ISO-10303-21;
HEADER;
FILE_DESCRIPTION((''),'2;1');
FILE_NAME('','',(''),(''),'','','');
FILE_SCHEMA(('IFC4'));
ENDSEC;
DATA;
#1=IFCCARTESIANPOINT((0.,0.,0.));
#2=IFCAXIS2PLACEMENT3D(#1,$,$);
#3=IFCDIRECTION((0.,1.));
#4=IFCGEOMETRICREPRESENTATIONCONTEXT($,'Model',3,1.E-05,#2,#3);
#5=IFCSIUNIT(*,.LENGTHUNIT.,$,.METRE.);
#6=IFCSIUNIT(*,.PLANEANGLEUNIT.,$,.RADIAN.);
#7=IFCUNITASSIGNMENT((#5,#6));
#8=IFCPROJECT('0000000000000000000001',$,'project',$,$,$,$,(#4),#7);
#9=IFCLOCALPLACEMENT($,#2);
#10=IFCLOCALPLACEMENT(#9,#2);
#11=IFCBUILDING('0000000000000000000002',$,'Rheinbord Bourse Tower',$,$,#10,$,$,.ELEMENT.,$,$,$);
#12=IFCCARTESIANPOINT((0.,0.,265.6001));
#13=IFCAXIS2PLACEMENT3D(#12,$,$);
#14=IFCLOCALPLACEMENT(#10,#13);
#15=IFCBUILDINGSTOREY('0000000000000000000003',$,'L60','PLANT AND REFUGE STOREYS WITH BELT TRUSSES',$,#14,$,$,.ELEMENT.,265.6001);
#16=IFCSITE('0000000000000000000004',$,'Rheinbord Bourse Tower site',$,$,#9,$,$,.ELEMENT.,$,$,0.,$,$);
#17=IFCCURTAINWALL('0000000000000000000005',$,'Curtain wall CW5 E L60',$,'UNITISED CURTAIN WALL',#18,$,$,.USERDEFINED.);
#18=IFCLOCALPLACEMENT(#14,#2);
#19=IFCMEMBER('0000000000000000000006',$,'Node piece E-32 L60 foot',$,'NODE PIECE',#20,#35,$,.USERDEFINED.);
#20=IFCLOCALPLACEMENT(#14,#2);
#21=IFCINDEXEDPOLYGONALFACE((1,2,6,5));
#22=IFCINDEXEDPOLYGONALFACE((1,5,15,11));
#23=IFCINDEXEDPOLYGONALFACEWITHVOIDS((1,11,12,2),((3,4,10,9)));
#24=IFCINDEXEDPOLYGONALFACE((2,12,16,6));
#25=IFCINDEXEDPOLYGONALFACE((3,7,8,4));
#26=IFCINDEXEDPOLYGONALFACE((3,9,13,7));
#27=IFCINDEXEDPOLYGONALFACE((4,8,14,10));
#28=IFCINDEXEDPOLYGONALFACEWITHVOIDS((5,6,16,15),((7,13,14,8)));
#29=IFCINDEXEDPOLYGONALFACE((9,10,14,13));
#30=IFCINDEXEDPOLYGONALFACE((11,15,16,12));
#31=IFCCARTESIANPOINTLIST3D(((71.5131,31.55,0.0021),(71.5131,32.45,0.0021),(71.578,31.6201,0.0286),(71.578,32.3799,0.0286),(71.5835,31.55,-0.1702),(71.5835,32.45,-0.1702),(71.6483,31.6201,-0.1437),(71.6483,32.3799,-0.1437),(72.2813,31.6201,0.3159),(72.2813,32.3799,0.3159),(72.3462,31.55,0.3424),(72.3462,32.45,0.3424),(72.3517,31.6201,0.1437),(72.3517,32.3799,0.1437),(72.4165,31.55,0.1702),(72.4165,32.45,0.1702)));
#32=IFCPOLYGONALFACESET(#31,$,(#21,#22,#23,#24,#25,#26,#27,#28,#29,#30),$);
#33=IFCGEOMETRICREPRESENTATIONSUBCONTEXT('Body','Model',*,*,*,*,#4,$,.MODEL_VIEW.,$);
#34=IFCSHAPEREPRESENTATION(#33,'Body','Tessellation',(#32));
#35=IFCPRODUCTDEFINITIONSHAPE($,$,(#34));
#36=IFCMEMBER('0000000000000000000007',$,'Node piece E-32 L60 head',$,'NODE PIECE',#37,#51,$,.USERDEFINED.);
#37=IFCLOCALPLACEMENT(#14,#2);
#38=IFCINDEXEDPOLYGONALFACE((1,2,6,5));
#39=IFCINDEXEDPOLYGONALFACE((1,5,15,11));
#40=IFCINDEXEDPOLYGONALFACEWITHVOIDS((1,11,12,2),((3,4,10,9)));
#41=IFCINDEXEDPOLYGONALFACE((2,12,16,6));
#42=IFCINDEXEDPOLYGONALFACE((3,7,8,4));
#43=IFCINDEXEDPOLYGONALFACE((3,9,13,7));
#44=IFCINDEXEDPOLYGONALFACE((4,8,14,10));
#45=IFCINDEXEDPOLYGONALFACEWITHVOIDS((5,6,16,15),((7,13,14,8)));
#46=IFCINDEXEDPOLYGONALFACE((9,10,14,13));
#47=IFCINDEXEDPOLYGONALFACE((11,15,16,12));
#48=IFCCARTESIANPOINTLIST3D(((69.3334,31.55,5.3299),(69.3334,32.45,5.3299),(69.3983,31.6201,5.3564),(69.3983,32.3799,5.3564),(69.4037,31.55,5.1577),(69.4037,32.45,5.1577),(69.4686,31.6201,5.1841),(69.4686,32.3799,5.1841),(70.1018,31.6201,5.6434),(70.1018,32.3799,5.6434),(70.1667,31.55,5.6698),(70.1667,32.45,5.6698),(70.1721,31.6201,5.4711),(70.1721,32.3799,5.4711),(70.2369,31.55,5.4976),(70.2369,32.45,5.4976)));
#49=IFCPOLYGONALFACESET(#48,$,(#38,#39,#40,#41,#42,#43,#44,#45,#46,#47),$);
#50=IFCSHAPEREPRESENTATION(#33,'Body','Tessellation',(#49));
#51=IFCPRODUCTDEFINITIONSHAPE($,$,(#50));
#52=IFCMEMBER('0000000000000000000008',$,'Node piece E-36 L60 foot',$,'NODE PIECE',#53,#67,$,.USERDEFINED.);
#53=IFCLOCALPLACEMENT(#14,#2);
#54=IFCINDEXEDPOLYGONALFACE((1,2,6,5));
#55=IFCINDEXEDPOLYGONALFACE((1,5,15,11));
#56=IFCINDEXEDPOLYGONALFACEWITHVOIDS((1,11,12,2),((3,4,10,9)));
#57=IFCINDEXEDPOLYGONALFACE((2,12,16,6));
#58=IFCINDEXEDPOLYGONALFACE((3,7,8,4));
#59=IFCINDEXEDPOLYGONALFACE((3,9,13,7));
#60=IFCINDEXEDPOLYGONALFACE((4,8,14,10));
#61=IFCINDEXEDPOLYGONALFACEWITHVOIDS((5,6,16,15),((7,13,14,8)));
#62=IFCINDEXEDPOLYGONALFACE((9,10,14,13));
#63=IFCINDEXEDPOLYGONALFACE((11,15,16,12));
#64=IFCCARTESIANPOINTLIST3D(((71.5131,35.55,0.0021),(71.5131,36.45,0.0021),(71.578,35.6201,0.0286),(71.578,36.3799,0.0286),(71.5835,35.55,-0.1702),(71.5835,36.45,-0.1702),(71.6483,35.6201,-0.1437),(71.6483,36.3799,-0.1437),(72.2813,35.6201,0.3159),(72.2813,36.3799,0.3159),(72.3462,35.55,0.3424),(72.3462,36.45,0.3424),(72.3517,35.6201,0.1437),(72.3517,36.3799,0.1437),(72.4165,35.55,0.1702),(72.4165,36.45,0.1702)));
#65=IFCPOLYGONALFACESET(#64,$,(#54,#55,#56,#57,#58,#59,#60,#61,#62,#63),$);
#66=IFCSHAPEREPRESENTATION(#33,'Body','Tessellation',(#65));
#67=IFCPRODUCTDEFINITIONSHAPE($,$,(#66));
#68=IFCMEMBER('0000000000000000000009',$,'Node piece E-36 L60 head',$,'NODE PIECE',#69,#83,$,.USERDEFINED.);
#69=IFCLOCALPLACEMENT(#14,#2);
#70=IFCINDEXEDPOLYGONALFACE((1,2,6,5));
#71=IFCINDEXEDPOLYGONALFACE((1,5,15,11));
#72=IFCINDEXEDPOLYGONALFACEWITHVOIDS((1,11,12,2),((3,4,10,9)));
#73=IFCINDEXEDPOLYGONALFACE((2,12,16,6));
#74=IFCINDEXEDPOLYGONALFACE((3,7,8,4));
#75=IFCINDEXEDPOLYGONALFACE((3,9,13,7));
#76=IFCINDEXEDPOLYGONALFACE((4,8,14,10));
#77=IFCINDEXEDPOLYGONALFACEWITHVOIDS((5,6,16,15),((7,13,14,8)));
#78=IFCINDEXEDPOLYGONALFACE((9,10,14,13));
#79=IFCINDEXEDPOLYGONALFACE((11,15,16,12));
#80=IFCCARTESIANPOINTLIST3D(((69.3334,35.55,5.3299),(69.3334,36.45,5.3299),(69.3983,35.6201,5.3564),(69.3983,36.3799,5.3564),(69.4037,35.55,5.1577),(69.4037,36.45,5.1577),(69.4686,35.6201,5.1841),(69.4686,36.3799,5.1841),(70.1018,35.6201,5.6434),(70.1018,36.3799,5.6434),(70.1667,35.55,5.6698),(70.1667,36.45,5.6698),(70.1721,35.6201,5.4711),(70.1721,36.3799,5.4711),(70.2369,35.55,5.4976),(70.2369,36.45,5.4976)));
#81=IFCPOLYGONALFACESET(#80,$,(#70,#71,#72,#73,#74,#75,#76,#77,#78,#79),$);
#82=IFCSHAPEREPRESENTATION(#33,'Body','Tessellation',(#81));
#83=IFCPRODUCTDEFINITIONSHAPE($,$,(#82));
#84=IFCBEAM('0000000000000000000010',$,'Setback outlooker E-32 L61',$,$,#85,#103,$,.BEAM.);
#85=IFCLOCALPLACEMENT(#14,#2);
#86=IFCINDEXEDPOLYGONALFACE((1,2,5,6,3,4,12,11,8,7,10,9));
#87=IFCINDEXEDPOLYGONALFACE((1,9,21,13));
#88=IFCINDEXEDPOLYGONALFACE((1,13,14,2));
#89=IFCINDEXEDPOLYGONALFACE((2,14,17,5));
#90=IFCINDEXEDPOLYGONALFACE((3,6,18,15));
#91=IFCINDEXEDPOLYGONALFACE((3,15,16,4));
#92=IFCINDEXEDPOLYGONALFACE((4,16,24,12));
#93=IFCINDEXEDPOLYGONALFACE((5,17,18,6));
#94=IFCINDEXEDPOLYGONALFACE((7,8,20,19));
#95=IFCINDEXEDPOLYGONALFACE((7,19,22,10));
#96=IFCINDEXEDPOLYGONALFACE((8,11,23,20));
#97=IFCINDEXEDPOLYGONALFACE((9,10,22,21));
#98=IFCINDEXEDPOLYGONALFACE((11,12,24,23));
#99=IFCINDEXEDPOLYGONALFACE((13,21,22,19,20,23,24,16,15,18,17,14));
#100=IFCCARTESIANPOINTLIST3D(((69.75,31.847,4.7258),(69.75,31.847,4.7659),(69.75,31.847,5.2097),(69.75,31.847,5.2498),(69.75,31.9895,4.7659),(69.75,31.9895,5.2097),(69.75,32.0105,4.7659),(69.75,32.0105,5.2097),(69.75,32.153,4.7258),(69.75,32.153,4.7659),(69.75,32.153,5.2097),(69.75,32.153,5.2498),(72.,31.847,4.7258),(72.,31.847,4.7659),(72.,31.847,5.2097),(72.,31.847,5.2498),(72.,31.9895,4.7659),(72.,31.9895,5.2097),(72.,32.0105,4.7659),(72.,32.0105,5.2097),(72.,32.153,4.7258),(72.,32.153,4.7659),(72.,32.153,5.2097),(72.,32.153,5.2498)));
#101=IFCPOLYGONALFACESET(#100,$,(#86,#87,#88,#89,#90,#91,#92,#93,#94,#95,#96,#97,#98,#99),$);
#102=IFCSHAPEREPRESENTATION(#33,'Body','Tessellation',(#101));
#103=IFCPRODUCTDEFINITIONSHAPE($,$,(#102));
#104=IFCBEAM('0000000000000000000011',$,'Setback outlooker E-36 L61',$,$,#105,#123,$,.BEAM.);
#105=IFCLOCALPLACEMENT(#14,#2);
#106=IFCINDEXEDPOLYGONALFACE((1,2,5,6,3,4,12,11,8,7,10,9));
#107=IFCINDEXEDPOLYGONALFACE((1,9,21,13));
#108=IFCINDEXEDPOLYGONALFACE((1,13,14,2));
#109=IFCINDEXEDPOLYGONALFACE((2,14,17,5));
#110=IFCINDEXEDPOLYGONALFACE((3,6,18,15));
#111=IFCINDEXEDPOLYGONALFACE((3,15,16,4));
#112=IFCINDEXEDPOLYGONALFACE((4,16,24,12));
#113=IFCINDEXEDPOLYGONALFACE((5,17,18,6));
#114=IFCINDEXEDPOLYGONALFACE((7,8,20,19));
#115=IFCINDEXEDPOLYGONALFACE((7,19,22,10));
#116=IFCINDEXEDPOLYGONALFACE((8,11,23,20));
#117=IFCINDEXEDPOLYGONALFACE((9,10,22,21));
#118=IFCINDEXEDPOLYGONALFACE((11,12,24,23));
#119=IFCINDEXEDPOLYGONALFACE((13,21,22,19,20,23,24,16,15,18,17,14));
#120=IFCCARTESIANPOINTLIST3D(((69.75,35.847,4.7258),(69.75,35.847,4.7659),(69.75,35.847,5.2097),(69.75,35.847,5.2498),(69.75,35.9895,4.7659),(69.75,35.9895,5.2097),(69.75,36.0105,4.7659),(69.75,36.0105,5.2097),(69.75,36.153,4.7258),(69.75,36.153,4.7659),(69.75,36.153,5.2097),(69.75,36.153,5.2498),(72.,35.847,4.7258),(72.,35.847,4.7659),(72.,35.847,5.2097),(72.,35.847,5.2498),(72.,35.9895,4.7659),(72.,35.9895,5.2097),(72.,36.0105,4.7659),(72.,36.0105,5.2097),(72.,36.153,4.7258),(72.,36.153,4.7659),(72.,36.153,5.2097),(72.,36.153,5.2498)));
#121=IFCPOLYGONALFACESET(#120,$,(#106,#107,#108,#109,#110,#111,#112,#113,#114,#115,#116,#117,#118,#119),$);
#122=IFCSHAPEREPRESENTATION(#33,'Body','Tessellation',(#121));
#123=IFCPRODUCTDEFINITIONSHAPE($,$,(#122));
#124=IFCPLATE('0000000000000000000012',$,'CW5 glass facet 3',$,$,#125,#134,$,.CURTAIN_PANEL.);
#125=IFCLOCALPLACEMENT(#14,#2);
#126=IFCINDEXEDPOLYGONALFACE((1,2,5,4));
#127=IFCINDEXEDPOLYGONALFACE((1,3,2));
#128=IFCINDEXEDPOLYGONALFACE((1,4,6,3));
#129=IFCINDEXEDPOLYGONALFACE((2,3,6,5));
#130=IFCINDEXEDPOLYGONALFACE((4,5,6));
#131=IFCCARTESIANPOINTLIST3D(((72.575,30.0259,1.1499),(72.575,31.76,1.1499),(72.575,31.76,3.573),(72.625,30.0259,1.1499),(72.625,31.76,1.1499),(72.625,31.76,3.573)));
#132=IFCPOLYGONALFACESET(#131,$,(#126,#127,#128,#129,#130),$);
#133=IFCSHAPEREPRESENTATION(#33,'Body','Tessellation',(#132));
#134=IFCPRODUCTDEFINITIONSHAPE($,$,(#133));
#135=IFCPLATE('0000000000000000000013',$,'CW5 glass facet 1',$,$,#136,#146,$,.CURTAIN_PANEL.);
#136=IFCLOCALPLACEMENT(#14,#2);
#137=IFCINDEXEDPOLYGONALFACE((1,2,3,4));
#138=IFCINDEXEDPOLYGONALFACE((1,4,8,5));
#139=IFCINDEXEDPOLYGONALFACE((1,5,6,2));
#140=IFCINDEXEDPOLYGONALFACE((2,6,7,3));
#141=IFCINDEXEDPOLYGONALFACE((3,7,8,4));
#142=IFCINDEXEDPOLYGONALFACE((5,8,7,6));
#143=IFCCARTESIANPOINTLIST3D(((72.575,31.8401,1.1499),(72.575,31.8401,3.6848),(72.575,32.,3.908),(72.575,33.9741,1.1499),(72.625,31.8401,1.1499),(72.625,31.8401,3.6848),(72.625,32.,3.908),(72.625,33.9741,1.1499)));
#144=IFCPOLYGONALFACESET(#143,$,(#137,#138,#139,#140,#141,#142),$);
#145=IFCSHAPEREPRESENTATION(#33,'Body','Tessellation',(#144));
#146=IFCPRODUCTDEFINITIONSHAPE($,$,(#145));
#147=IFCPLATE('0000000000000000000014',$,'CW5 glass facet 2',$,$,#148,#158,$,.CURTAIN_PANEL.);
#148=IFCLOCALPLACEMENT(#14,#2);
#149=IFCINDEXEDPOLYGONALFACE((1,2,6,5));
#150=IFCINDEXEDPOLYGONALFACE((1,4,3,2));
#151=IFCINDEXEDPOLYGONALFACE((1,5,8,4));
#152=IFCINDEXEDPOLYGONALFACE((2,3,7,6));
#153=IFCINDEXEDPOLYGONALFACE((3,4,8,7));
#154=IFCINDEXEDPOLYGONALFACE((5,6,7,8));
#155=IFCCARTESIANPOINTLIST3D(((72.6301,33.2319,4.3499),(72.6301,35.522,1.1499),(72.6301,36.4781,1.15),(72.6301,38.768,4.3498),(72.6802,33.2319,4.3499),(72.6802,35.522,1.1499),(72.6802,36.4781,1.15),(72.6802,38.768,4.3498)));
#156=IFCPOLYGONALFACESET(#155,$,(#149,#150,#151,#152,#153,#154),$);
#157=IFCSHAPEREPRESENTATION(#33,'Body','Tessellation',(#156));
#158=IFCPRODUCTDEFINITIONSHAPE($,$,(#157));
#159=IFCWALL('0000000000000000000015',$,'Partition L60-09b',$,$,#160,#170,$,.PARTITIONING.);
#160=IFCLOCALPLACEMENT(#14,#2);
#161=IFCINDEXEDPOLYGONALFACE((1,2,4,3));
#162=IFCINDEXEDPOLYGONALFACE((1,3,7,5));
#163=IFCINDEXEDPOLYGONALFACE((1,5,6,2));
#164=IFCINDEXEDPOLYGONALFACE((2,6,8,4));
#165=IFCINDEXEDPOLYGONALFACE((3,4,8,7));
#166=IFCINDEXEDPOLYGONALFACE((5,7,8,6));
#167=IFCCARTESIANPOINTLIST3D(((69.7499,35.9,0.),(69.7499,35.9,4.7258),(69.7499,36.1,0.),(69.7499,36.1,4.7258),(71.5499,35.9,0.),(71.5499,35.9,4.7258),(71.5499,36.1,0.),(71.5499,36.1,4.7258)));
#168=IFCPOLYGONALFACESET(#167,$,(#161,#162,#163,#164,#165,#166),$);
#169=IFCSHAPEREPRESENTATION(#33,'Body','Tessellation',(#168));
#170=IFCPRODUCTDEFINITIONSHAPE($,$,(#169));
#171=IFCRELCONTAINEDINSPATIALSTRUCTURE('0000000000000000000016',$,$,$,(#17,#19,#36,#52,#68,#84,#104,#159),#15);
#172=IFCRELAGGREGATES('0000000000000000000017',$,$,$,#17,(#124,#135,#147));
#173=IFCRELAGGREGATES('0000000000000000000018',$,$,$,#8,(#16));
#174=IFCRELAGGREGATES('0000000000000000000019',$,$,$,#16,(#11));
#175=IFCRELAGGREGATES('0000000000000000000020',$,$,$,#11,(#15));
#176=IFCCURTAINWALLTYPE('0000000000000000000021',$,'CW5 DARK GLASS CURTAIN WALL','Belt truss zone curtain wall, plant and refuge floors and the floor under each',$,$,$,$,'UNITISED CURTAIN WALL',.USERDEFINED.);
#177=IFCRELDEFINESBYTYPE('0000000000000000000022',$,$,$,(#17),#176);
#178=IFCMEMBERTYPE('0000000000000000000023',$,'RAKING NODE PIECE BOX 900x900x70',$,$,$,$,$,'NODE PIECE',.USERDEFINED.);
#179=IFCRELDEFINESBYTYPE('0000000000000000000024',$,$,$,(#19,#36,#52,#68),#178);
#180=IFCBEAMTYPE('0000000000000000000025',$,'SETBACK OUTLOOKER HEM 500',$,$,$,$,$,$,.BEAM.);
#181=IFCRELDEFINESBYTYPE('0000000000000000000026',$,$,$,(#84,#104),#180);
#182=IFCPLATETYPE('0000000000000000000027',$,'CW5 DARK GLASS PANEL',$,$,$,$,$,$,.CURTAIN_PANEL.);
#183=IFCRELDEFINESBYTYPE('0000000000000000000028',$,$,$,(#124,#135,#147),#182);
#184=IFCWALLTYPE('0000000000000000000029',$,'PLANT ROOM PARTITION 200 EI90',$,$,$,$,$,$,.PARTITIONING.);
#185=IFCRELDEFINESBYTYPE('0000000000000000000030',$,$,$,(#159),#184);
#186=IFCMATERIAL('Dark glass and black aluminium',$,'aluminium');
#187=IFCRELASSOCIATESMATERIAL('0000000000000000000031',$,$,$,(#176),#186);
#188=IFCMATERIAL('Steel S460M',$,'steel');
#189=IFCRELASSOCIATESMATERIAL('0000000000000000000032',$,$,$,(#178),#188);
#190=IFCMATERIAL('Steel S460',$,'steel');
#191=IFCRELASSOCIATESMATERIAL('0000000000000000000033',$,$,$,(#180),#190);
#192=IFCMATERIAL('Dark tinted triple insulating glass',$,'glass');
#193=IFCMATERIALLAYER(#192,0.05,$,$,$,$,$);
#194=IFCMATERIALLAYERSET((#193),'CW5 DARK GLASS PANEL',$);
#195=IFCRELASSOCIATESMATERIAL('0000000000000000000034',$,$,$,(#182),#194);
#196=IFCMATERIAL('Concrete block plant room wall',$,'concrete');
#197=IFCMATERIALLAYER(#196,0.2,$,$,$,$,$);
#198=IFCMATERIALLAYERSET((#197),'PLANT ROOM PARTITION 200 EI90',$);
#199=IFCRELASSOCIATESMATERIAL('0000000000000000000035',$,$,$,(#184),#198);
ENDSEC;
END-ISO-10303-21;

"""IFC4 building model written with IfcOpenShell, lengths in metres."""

from ifc_helpers import new_model, si_unit, direction, frame, frame_2d, origin, origin_2d, place, context, subcontext, project, spatial, polyline, rectangle, hollow_rectangle, i_section, outline, extrude, material, layer, layer_set, material_profile, profile_set, type_object, element, aggregate, save


model = new_model("IFC4")

# Units and contexts
model_context = context("Model", 3, precision=1e-05, world=origin(), true_north=direction((0.0, 1.0)))
body_context = subcontext(model_context, "Body", "Model", "MODEL_VIEW")
ifc_project = project(units=[si_unit("LENGTHUNIT", "METRE"), si_unit("PLANEANGLEUNIT", "RADIAN")], contexts=[model_context])

# Site, building, storey
site_placement = place(None, origin())
site = spatial("IfcSite", under=ifc_project, at=site_placement, Name="Rheinbord Bourse Tower site", CompositionType="ELEMENT", RefElevation=0.0)
building_placement = place(site_placement, origin())
building = spatial("IfcBuilding", under=site, at=building_placement, Name="Rheinbord Bourse Tower", CompositionType="ELEMENT")
storey_placement = place(building_placement, frame((0.0, 0.0, 265.6001)))
storey = spatial("IfcBuildingStorey", under=building, at=storey_placement, Name="L60", Description="PLANT AND REFUGE STOREYS WITH BELT TRUSSES", CompositionType="ELEMENT", Elevation=265.6001)

# Curtain wall
ifc_material_1 = material(Name="Dark glass and black aluminium", Category="aluminium")
curtain_wall_type = type_object("IfcCurtainWallType", Name="CW5 DARK GLASS CURTAIN WALL", Description="Belt truss zone curtain wall, plant and refuge floors and the floor under each", ElementType="UNITISED CURTAIN WALL", PredefinedType="USERDEFINED", material=ifc_material_1)
curtain_wall_placement = place(storey_placement, origin())
curtain_wall = element("IfcCurtainWall", 1, at=curtain_wall_placement, inside=storey, type_object=curtain_wall_type, Name="Curtain wall CW5 E L60", ObjectType="UNITISED CURTAIN WALL", PredefinedType="USERDEFINED")

# Members
ifc_material_2 = material(Name="Steel S460M", Category="steel")
ifc_material_profile_1 = material_profile(ifc_material_2, hollow_rectangle(XDim=0.8999, YDim=0.8999, WallThickness=0.0701, at=origin_2d()), Name="BOX 900x900x70")
ifc_profile_set_1 = profile_set([ifc_material_profile_1], Name="Steel S460M")
member_type_1 = type_object("IfcMemberType", Name="RAKING NODE PIECE BOX 900x900x70", ElementType="NODE PIECE", PredefinedType="USERDEFINED", material=ifc_profile_set_1)
for number, where, z_axis, x_axis, name in (
    (2, (72.0, 32.0, 0.0), (-0.378173, 0.0, 0.925735), (0.925735, 0.0, 0.378173), "Node piece E-32 L60 foot"),
    (3, (69.8203, 32.0, 5.3276), (-0.377713, 0.0, 0.925923), (0.925923, 0.0, 0.377713), "Node piece E-32 L60 head"),
    (4, (72.0, 36.0, 0.0), (-0.378173, 0.0, 0.925735), (0.925735, 0.0, 0.378173), "Node piece E-36 L60 foot"),
    (5, (69.8203, 36.0, 5.3276), (-0.377713, 0.0, 0.925923), (0.925923, 0.0, 0.377713), "Node piece E-36 L60 head"),
):
    element("IfcMember", number, at=place(storey_placement, frame(where, z_axis=z_axis, x_axis=x_axis)), inside=storey, type_object=member_type_1, Name=name, ObjectType="NODE PIECE", PredefinedType="USERDEFINED", context=body_context, shape_type="SweptSolid", body=[
        extrude(hollow_rectangle(XDim=0.8999, YDim=0.8999, WallThickness=0.0701, at=origin_2d()), origin(), (0.0, 0.0, 1.0), 0.186),
    ])

# Beams
ifc_material_3 = material(Name="Steel S460", Category="steel")
ifc_material_profile_2 = material_profile(ifc_material_3, i_section(OverallWidth=0.3059, OverallDepth=0.5239, WebThickness=0.021, FlangeThickness=0.04, at=origin_2d()), Name="HEM 500")
ifc_profile_set_2 = profile_set([ifc_material_profile_2], Name="Steel S460")
beam_type_1 = type_object("IfcBeamType", Name="SETBACK OUTLOOKER HEM 500", PredefinedType="BEAM", material=ifc_profile_set_2)
for number, where, z_axis, x_axis, name in (
    (6, (69.75, 32.0, 4.9878), (1.0, 0.0, 0.0), (0.0, 1.0, 0.0), "Setback outlooker E-32 L61"),
    (7, (69.75, 36.0, 4.9878), (1.0, 0.0, 0.0), (0.0, 1.0, 0.0), "Setback outlooker E-36 L61"),
):
    element("IfcBeam", number, at=place(storey_placement, frame(where, z_axis=z_axis, x_axis=x_axis)), inside=storey, type_object=beam_type_1, Name=name, PredefinedType="BEAM", context=body_context, shape_type="SweptSolid", body=[
        extrude(i_section(OverallWidth=0.3059, OverallDepth=0.5239, WebThickness=0.021, FlangeThickness=0.04, at=origin_2d()), origin(), (0.0, 0.0, 1.0), 2.25),
    ])

# Plates
ifc_material_4 = material(Name="Dark tinted triple insulating glass", Category="glass")
ifc_layer_1 = layer(ifc_material_4, 0.05)
ifc_layer_set_1 = layer_set([ifc_layer_1], Name="CW5 DARK GLASS PANEL")
plate_type = type_object("IfcPlateType", Name="CW5 DARK GLASS PANEL", PredefinedType="CURTAIN_PANEL", material=ifc_layer_set_1)
plate_1_placement = place(storey_placement, frame((72.625, 31.76, 1.1499), z_axis=(-1.0, 0.0, 0.0), x_axis=(0.0, -1.0, 0.0)))
plate_1 = element("IfcPlate", 8, at=plate_1_placement, type_object=plate_type, Name="CW5 glass facet 3", PredefinedType="CURTAIN_PANEL", context=body_context, shape_type="SweptSolid", body=[
    extrude(outline(polyline([(0.0, 0.0), (1.7341, 0.0), (0.0, 2.4231), (0.0, 0.0)])), origin(), (0.0, 0.0, 1.0), 0.05),
])
plate_2_placement = place(storey_placement, frame((72.625, 31.8401, 1.1499), z_axis=(-1.0, 0.0, 0.0), x_axis=(0.0, 0.0, 1.0)))
plate_2 = element("IfcPlate", 9, at=plate_2_placement, type_object=plate_type, Name="CW5 glass facet 1", PredefinedType="CURTAIN_PANEL", context=body_context, shape_type="SweptSolid", body=[
    extrude(outline(polyline([(0.0, 0.0), (2.5349, 0.0), (2.7581, 0.1599), (0.0, 2.134), (0.0, 0.0)])), origin(), (0.0, 0.0, 1.0), 0.05),
])
plate_3_placement = place(storey_placement, frame((72.6802, 35.522, 1.1499), z_axis=(-1.0, 0.0, 0.0), x_axis=(0.0, -0.581972, 0.813209)))
plate_3 = element("IfcPlate", 10, at=plate_3_placement, type_object=plate_type, Name="CW5 glass facet 2", PredefinedType="CURTAIN_PANEL", context=body_context, shape_type="SweptSolid", body=[
    extrude(outline(polyline([(0.0, 0.0), (3.9351, 0.0), (0.7131, 4.502), (-0.5564, 0.7776), (0.0, 0.0)])), origin(), (0.0, 0.0, 1.0), 0.05),
])
aggregate(curtain_wall, [plate_1, plate_2, plate_3])

# Wall
ifc_material_5 = material(Name="Concrete block plant room wall", Category="concrete")
ifc_layer_2 = layer(ifc_material_5, 0.2)
ifc_layer_set_2 = layer_set([ifc_layer_2], Name="PLANT ROOM PARTITION 200 EI90")
wall_type = type_object("IfcWallType", Name="PLANT ROOM PARTITION 200 EI90", PredefinedType="PARTITIONING", material=ifc_layer_set_2)
wall_placement = place(storey_placement, frame((69.75, 36.0, 0.0), z_axis=(0.0, 0.0, 1.0), x_axis=(1.0, 0.0, 0.0)))
element("IfcWall", 11, at=wall_placement, inside=storey, type_object=wall_type, Name="Partition L60-09b", PredefinedType="PARTITIONING", context=body_context, shape_type="SweptSolid", body=[
    extrude(rectangle(XDim=1.8, YDim=0.2, at=frame_2d((0.8999, 0.0))), origin(), (0.0, 0.0, 1.0), 4.7258),
])

save(model, "model.ifc")
